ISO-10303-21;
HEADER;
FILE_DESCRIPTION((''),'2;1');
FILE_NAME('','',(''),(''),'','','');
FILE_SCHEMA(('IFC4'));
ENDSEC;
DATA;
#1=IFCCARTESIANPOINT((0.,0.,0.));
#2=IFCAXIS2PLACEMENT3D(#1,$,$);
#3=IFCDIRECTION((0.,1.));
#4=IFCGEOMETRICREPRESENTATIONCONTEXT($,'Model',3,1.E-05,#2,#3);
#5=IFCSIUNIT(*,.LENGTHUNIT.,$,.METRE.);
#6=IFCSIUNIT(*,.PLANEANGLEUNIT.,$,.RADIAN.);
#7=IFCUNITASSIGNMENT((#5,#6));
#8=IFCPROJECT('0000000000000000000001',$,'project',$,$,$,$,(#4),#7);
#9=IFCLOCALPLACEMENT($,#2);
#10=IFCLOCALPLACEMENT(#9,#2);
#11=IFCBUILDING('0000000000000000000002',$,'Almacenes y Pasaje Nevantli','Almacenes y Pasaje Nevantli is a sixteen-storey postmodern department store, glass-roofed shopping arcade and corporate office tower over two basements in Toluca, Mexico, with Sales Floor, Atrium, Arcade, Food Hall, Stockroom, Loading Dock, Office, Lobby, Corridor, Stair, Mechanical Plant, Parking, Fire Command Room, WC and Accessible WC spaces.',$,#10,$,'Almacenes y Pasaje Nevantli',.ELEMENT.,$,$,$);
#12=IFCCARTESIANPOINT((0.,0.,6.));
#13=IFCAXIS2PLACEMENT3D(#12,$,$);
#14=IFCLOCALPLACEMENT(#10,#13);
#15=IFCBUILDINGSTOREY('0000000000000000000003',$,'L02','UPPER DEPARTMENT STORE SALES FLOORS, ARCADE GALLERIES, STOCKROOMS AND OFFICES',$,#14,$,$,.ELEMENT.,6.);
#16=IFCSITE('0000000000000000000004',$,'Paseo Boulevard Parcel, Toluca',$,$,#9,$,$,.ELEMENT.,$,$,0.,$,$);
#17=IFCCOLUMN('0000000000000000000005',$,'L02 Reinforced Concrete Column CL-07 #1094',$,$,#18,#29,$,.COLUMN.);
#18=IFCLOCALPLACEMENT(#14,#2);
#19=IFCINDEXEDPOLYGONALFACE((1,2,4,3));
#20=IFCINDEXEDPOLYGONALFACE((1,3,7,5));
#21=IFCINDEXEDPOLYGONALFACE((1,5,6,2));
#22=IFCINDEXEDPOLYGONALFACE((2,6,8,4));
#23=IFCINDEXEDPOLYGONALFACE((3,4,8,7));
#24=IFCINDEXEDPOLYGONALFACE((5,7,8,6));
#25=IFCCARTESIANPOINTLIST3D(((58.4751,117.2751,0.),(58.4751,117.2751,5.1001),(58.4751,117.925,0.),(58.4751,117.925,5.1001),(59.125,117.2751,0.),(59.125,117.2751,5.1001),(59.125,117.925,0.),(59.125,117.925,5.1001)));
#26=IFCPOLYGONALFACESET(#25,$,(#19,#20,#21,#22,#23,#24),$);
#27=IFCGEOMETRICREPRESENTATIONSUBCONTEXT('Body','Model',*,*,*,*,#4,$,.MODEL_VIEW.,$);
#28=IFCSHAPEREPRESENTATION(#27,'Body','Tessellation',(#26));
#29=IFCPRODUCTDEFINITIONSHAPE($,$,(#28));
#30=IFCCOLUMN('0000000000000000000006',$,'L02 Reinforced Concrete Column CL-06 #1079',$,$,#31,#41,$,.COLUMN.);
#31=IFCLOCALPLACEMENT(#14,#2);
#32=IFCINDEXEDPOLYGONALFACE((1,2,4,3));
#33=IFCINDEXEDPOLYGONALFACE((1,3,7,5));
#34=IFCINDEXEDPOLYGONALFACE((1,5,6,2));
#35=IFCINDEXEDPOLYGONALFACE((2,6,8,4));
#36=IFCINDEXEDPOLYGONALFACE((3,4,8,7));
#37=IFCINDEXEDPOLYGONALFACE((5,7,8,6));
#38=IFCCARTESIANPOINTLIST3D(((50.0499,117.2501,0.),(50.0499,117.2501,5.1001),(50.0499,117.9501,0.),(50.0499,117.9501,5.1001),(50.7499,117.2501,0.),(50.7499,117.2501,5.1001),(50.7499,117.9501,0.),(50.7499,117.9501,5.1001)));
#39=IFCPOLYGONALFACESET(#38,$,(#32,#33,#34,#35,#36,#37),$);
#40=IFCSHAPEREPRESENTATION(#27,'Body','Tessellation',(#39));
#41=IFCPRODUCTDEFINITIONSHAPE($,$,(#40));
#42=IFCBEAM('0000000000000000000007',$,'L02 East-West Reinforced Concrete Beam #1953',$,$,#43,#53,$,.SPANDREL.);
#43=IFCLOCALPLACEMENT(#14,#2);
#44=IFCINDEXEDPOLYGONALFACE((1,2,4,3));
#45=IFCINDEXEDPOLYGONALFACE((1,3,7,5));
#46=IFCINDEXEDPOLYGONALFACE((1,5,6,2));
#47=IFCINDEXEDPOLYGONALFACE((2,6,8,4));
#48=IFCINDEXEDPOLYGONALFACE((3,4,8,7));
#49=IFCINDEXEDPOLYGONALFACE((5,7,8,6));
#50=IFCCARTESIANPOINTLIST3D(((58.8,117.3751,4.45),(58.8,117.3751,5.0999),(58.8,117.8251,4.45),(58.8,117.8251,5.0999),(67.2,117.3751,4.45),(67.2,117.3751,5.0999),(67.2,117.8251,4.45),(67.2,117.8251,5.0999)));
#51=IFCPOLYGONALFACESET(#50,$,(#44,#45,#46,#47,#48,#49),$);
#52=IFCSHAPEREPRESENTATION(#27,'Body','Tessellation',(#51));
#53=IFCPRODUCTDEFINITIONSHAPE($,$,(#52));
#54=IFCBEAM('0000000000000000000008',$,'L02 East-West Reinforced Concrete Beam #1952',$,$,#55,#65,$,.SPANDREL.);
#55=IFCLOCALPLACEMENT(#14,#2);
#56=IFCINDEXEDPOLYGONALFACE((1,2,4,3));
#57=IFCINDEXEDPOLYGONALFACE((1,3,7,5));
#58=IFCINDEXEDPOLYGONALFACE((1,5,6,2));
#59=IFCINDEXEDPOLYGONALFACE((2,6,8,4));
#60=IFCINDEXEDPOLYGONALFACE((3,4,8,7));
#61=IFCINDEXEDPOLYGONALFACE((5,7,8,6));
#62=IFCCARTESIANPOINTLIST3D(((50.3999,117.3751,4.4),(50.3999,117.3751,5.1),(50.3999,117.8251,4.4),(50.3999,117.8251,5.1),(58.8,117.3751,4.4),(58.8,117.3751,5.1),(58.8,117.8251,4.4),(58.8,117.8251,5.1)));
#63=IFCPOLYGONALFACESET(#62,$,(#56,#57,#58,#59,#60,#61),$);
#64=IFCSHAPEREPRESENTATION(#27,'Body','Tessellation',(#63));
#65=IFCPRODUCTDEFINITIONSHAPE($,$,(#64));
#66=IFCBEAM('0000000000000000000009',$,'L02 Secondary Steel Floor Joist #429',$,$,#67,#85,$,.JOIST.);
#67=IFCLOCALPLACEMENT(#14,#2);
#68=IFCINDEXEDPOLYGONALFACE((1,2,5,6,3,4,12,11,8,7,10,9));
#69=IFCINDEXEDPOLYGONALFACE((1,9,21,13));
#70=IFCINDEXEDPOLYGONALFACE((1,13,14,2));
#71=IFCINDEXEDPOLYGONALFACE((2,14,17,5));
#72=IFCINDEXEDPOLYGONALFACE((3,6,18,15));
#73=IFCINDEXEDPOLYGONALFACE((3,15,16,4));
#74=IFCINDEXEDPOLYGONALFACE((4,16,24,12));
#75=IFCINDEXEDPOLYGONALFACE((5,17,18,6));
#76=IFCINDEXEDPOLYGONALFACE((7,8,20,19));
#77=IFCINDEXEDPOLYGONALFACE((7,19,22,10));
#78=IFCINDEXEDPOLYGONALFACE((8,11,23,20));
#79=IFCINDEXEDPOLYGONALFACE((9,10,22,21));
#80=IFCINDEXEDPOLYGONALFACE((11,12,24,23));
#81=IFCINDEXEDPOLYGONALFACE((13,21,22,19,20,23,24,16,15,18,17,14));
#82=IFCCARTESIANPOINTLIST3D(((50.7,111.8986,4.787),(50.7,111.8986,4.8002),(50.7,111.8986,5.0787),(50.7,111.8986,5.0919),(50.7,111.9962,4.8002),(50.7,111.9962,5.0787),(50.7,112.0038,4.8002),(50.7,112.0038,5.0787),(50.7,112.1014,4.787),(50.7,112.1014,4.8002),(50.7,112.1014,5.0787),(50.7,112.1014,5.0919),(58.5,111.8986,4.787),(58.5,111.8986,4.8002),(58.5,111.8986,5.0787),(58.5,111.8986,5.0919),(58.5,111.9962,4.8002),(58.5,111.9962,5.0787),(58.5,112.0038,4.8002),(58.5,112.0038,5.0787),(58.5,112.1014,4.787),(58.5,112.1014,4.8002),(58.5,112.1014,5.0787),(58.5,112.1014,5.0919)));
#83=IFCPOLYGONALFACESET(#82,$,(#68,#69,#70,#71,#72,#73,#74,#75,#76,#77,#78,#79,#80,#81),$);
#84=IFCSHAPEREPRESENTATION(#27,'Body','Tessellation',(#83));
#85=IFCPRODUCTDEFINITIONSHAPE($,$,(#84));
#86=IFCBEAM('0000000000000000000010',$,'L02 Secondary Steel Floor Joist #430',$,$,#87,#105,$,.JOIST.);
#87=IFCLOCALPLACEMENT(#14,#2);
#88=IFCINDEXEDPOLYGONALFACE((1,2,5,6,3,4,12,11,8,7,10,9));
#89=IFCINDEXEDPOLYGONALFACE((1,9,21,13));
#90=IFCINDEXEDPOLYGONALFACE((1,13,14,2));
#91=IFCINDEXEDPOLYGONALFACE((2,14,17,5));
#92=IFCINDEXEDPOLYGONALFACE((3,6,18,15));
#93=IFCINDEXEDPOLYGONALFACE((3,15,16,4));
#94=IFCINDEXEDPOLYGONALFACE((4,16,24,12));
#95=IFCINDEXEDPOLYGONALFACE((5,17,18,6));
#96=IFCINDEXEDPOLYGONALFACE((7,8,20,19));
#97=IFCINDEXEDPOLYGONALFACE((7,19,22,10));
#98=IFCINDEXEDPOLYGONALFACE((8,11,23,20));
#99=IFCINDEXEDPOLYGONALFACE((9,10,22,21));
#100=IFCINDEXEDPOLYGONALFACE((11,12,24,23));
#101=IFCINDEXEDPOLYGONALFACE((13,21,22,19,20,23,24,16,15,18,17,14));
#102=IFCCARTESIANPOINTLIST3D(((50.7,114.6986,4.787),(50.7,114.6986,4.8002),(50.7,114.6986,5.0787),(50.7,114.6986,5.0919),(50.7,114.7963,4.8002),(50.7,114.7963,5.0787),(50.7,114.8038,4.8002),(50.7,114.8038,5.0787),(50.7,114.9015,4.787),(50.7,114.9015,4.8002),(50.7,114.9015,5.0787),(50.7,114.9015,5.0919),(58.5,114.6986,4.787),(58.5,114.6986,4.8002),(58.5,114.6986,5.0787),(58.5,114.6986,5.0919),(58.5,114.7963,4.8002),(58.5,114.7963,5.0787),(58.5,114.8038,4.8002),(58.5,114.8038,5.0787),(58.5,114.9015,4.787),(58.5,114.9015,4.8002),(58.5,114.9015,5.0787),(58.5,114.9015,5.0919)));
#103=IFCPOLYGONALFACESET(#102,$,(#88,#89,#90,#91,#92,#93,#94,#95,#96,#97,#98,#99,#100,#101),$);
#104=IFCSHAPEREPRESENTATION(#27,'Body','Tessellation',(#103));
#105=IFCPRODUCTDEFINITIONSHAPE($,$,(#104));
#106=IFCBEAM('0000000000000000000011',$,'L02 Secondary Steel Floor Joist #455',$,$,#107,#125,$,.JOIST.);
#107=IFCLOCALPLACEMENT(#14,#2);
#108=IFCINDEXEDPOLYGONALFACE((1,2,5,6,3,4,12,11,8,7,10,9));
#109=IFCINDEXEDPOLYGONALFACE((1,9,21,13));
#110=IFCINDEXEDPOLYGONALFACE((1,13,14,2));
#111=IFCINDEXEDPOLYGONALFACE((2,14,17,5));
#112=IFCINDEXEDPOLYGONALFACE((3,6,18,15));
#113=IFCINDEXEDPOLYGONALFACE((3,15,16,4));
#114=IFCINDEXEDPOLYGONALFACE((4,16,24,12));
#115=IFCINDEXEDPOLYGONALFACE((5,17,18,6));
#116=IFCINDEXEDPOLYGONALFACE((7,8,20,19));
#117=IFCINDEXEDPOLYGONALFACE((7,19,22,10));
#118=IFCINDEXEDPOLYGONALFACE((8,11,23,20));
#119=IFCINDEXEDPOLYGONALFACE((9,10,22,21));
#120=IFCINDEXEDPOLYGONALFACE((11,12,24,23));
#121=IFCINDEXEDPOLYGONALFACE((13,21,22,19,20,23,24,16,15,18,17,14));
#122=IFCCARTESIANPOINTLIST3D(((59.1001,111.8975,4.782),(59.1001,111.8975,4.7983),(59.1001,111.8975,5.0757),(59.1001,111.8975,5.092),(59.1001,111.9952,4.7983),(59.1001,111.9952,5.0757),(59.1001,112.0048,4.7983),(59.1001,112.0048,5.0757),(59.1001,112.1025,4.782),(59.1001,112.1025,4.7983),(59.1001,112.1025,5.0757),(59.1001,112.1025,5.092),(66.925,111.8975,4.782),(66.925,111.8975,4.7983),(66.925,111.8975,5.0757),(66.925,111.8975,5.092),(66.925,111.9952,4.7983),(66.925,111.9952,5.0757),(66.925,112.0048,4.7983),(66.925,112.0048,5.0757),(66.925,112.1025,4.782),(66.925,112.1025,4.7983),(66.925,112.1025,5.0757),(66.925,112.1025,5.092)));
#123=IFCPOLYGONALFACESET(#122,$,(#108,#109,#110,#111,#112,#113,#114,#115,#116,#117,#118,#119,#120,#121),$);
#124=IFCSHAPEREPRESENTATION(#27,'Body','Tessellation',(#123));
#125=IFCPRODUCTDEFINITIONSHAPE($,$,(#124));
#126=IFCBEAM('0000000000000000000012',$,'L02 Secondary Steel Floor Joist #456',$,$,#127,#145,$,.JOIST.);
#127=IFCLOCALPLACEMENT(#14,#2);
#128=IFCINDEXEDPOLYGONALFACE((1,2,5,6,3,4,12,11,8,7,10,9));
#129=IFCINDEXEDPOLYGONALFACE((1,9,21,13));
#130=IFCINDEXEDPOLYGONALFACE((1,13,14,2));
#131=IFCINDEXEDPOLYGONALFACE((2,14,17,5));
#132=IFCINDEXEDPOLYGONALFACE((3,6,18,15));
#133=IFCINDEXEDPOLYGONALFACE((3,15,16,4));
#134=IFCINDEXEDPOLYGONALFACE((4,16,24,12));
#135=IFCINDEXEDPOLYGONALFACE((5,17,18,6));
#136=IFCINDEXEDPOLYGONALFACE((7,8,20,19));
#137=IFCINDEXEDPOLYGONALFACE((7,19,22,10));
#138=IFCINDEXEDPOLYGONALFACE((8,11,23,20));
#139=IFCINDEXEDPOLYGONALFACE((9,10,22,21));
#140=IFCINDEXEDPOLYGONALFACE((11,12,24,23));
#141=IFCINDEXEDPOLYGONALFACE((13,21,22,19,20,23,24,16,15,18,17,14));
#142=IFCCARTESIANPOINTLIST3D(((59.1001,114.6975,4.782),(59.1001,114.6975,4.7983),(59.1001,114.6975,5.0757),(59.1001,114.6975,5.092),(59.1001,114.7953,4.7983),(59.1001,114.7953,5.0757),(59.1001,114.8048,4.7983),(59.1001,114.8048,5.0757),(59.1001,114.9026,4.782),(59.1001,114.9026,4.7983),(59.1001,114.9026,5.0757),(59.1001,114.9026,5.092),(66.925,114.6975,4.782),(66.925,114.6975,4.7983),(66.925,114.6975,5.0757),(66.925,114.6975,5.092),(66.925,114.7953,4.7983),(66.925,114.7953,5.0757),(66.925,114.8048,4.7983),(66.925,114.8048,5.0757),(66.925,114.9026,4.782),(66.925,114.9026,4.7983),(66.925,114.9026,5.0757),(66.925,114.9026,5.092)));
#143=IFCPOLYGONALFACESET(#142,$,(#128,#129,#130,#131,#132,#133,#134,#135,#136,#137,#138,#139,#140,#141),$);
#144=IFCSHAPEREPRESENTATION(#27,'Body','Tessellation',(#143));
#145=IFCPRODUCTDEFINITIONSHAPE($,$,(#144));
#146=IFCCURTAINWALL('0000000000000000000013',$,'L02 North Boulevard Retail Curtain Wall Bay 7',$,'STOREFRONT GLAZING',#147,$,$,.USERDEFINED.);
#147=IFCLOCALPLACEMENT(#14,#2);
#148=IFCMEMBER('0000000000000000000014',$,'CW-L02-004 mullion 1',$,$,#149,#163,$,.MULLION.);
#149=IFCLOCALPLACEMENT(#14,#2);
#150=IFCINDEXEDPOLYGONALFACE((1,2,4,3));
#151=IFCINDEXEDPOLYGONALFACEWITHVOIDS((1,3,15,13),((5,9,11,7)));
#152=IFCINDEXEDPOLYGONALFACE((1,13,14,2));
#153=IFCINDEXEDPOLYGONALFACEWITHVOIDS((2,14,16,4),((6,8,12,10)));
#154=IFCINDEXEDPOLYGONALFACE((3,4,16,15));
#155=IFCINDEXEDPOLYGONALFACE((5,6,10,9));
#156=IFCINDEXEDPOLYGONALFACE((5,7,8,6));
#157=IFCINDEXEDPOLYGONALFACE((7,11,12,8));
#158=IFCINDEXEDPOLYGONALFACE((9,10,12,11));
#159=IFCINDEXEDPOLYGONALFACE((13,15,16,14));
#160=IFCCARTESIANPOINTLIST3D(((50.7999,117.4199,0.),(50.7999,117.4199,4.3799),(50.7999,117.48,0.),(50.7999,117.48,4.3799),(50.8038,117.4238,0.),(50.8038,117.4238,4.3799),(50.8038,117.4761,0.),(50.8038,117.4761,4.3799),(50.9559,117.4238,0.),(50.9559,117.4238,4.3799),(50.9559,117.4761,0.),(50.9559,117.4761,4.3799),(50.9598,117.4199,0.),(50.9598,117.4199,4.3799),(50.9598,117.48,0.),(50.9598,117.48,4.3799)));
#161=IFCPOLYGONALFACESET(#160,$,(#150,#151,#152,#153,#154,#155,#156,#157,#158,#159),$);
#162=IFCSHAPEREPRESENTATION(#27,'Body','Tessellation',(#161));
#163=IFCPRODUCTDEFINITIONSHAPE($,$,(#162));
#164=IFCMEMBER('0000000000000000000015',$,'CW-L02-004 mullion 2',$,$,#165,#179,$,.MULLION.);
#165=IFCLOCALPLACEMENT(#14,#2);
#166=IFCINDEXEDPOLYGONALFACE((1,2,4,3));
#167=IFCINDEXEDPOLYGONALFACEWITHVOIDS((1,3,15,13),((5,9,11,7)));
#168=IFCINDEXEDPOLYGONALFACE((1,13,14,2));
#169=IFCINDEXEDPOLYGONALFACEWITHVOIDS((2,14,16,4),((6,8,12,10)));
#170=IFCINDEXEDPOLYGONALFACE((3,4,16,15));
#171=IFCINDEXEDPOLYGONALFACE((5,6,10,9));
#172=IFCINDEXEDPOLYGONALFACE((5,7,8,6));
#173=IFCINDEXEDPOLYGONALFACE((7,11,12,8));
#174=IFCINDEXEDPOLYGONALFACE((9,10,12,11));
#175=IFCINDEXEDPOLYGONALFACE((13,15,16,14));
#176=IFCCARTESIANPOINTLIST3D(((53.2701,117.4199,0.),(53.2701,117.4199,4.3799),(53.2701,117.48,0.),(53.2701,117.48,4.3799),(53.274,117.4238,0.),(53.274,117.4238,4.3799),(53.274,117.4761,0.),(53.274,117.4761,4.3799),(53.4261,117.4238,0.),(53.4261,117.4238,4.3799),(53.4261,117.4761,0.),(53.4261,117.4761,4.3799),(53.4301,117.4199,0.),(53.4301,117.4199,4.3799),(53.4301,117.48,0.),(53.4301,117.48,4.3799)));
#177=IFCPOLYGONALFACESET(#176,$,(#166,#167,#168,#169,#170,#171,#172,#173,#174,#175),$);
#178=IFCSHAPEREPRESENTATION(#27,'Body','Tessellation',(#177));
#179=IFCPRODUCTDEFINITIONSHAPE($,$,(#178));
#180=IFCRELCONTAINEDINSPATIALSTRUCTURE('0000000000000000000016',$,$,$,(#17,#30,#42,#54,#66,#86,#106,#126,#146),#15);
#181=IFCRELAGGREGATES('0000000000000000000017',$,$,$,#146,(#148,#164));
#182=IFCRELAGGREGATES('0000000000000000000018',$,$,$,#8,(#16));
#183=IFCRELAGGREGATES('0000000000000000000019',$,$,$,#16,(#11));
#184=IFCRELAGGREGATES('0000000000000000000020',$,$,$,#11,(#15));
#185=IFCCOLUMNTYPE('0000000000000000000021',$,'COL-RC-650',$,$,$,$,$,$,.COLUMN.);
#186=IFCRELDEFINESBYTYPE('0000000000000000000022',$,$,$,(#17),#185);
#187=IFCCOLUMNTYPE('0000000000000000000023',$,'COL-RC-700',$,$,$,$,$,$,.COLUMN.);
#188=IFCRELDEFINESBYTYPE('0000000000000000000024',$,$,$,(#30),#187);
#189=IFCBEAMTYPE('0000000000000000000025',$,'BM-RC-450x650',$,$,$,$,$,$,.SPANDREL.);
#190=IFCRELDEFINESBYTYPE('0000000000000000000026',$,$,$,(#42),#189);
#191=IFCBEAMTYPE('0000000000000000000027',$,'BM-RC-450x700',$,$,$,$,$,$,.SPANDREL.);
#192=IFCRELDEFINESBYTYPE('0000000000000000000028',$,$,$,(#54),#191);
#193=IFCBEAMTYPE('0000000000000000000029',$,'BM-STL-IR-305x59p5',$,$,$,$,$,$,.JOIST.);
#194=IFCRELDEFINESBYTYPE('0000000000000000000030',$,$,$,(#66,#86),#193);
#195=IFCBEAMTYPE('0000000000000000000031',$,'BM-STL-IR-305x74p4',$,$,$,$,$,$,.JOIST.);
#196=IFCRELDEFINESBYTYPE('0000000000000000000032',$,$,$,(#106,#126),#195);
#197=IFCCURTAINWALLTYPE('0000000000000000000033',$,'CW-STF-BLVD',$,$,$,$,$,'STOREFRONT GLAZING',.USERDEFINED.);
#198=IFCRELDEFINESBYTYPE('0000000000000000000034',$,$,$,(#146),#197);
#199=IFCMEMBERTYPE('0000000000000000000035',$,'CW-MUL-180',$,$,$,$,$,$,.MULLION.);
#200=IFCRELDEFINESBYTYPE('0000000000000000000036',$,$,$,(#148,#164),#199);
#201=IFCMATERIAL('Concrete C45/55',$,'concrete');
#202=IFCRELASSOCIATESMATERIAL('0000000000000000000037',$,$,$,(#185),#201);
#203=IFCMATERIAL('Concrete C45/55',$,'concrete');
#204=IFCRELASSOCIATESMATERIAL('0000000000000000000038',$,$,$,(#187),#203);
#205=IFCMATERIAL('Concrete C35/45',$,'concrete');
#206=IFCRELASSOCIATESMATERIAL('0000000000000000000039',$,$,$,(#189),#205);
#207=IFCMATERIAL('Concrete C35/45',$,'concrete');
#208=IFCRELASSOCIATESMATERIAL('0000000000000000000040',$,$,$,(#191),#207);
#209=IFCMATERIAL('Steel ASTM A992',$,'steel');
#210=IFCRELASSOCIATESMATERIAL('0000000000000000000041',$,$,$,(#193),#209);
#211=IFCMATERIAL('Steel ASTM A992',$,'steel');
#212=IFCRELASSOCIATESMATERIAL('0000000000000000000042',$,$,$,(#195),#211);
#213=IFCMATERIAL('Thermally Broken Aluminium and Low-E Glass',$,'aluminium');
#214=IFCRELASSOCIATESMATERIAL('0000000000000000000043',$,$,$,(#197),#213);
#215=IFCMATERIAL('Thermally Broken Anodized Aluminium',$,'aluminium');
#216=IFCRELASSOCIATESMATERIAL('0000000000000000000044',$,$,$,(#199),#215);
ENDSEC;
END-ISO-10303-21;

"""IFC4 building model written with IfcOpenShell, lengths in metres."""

from ifc_helpers import new_model, si_unit, direction, frame, origin, origin_2d, place, context, subcontext, project, spatial, rectangle, hollow_rectangle, i_section, extrude, material, material_profile, profile_set, type_object, element, aggregate, save


model = new_model("IFC4")

# Units and contexts
model_context = context("Model", 3, precision=1e-05, world=origin(), true_north=direction((0.0, 1.0)))
body_context = subcontext(model_context, "Body", "Model", "MODEL_VIEW")
ifc_project = project(units=[si_unit("LENGTHUNIT", "METRE"), si_unit("PLANEANGLEUNIT", "RADIAN")], contexts=[model_context])

# Site, building, storey
site_placement = place(None, origin())
site = spatial("IfcSite", under=ifc_project, at=site_placement, Name="Paseo Boulevard Parcel, Toluca", CompositionType="ELEMENT", RefElevation=0.0)
building_placement = place(site_placement, origin())
building = spatial("IfcBuilding", under=site, at=building_placement, Name="Almacenes y Pasaje Nevantli", Description="Almacenes y Pasaje Nevantli is a sixteen-storey postmodern department store, glass-roofed shopping arcade and corporate office tower over two basements in Toluca, Mexico, with Sales Floor, Atrium, Arcade, Food Hall, Stockroom, Loading Dock, Office, Lobby, Corridor, Stair, Mechanical Plant, Parking, Fire Command Room, WC and Accessible WC spaces.", LongName="Almacenes y Pasaje Nevantli", CompositionType="ELEMENT")
storey_placement = place(building_placement, frame((0.0, 0.0, 6.0)))
storey = spatial("IfcBuildingStorey", under=building, at=storey_placement, Name="L02", Description="UPPER DEPARTMENT STORE SALES FLOORS, ARCADE GALLERIES, STOCKROOMS AND OFFICES", CompositionType="ELEMENT", Elevation=6.0)

# Columns
ifc_material_1 = material(Name="Concrete C45/55", Category="concrete")
ifc_material_profile_1 = material_profile(ifc_material_1, rectangle(XDim=0.6499, YDim=0.6499, at=origin_2d()), Name="RC-COL-650x650")
ifc_profile_set_1 = profile_set([ifc_material_profile_1], Name="Concrete C45/55")
column_type_1 = type_object("IfcColumnType", Name="COL-RC-650", PredefinedType="COLUMN", material=ifc_profile_set_1)
column_1_placement = place(storey_placement, frame((58.8, 117.6001, 0.0), z_axis=(0.0, 0.0, 1.0), x_axis=(1.0, 0.0, 0.0)))
element("IfcColumn", 1, at=column_1_placement, inside=storey, type_object=column_type_1, Name="L02 Reinforced Concrete Column CL-07 #1094", PredefinedType="COLUMN", context=body_context, shape_type="SweptSolid", body=[
    extrude(rectangle(XDim=0.6499, YDim=0.6499, at=origin_2d()), origin(), (0.0, 0.0, 1.0), 5.1001),
])
ifc_material_2 = material(Name="Concrete C45/55", Category="concrete")
ifc_material_profile_2 = material_profile(ifc_material_2, rectangle(XDim=0.7, YDim=0.7, at=origin_2d()), Name="RC-COL-700x700")
ifc_profile_set_2 = profile_set([ifc_material_profile_2], Name="Concrete C45/55")
column_type_2 = type_object("IfcColumnType", Name="COL-RC-700", PredefinedType="COLUMN", material=ifc_profile_set_2)
column_2_placement = place(storey_placement, frame((50.3999, 117.6001, 0.0), z_axis=(0.0, 0.0, 1.0), x_axis=(1.0, 0.0, 0.0)))
element("IfcColumn", 2, at=column_2_placement, inside=storey, type_object=column_type_2, Name="L02 Reinforced Concrete Column CL-06 #1079", PredefinedType="COLUMN", context=body_context, shape_type="SweptSolid", body=[
    extrude(rectangle(XDim=0.7, YDim=0.7, at=origin_2d()), origin(), (0.0, 0.0, 1.0), 5.1001),
])

# Beams
ifc_material_3 = material(Name="Concrete C35/45", Category="concrete")
ifc_material_profile_3 = material_profile(ifc_material_3, rectangle(XDim=0.45, YDim=0.6499, at=origin_2d()), Name="RC-BM-450x650")
ifc_profile_set_3 = profile_set([ifc_material_profile_3], Name="Concrete C35/45")
beam_type_1 = type_object("IfcBeamType", Name="BM-RC-450x650", PredefinedType="SPANDREL", material=ifc_profile_set_3)
beam_1_placement = place(storey_placement, frame((58.8, 117.6001, 4.7749), z_axis=(1.0, 0.0, 0.0), x_axis=(0.0, 1.0, 0.0)))
element("IfcBeam", 3, at=beam_1_placement, inside=storey, type_object=beam_type_1, Name="L02 East-West Reinforced Concrete Beam #1953", PredefinedType="SPANDREL", context=body_context, shape_type="SweptSolid", body=[
    extrude(rectangle(XDim=0.45, YDim=0.6499, at=origin_2d()), origin(), (0.0, 0.0, 1.0), 8.3999),
])
ifc_material_4 = material(Name="Concrete C35/45", Category="concrete")
ifc_material_profile_4 = material_profile(ifc_material_4, rectangle(XDim=0.45, YDim=0.7, at=origin_2d()), Name="RC-BM-450x700")
ifc_profile_set_4 = profile_set([ifc_material_profile_4], Name="Concrete C35/45")
beam_type_2 = type_object("IfcBeamType", Name="BM-RC-450x700", PredefinedType="SPANDREL", material=ifc_profile_set_4)
beam_2_placement = place(storey_placement, frame((50.3999, 117.6001, 4.75), z_axis=(1.0, 0.0, 0.0), x_axis=(0.0, 1.0, 0.0)))
element("IfcBeam", 4, at=beam_2_placement, inside=storey, type_object=beam_type_2, Name="L02 East-West Reinforced Concrete Beam #1952", PredefinedType="SPANDREL", context=body_context, shape_type="SweptSolid", body=[
    extrude(rectangle(XDim=0.45, YDim=0.7, at=origin_2d()), origin(), (0.0, 0.0, 1.0), 8.4001),
])
ifc_material_5 = material(Name="Steel ASTM A992", Category="steel")
ifc_material_profile_5 = material_profile(ifc_material_5, i_section(OverallWidth=0.2029, OverallDepth=0.3049, WebThickness=0.0076, FlangeThickness=0.0132, at=origin_2d()), Name="IR 305x59.5")
ifc_profile_set_5 = profile_set([ifc_material_profile_5], Name="Steel ASTM A992")
beam_type_3 = type_object("IfcBeamType", Name="BM-STL-IR-305x59p5", PredefinedType="JOIST", material=ifc_profile_set_5)
for number, where, z_axis, x_axis, name in (
    (5, (50.7, 112.0, 4.9395), (1.0, 0.0, 0.0), (0.0, 1.0, 0.0), "L02 Secondary Steel Floor Joist #429"),
    (6, (50.7, 114.8, 4.9395), (1.0, 0.0, 0.0), (0.0, 1.0, 0.0), "L02 Secondary Steel Floor Joist #430"),
):
    element("IfcBeam", number, at=place(storey_placement, frame(where, z_axis=z_axis, x_axis=x_axis)), inside=storey, type_object=beam_type_3, Name=name, PredefinedType="JOIST", context=body_context, shape_type="SweptSolid", body=[
        extrude(i_section(OverallWidth=0.2029, OverallDepth=0.3049, WebThickness=0.0076, FlangeThickness=0.0132, at=origin_2d()), origin(), (0.0, 0.0, 1.0), 7.8),
    ])
ifc_material_6 = material(Name="Steel ASTM A992", Category="steel")
ifc_material_profile_6 = material_profile(ifc_material_6, i_section(OverallWidth=0.2051, OverallDepth=0.3101, WebThickness=0.0095, FlangeThickness=0.0164, at=origin_2d()), Name="IR 305x74.4")
ifc_profile_set_6 = profile_set([ifc_material_profile_6], Name="Steel ASTM A992")
beam_type_4 = type_object("IfcBeamType", Name="BM-STL-IR-305x74p4", PredefinedType="JOIST", material=ifc_profile_set_6)
for number, where, z_axis, x_axis, name in (
    (7, (59.1001, 112.0, 4.937), (1.0, 0.0, 0.0), (0.0, 1.0, 0.0), "L02 Secondary Steel Floor Joist #455"),
    (8, (59.1001, 114.8, 4.937), (1.0, 0.0, 0.0), (0.0, 1.0, 0.0), "L02 Secondary Steel Floor Joist #456"),
):
    element("IfcBeam", number, at=place(storey_placement, frame(where, z_axis=z_axis, x_axis=x_axis)), inside=storey, type_object=beam_type_4, Name=name, PredefinedType="JOIST", context=body_context, shape_type="SweptSolid", body=[
        extrude(i_section(OverallWidth=0.2051, OverallDepth=0.3101, WebThickness=0.0095, FlangeThickness=0.0164, at=origin_2d()), origin(), (0.0, 0.0, 1.0), 7.825),
    ])

# Curtain wall, members
ifc_material_7 = material(Name="Thermally Broken Aluminium and Low-E Glass", Category="aluminium")
curtain_wall_type = type_object("IfcCurtainWallType", Name="CW-STF-BLVD", ElementType="STOREFRONT GLAZING", PredefinedType="USERDEFINED", material=ifc_material_7)
curtain_wall_placement = place(storey_placement, origin())
curtain_wall = element("IfcCurtainWall", 9, at=curtain_wall_placement, inside=storey, type_object=curtain_wall_type, Name="L02 North Boulevard Retail Curtain Wall Bay 7", ObjectType="STOREFRONT GLAZING", PredefinedType="USERDEFINED")
ifc_material_8 = material(Name="Thermally Broken Anodized Aluminium", Category="aluminium")
ifc_material_profile_7 = material_profile(ifc_material_8, hollow_rectangle(XDim=0.0601, YDim=0.1599, WallThickness=0.0039, at=origin_2d()), Name="ALU-MUL-60x160")
ifc_profile_set_7 = profile_set([ifc_material_profile_7], Name="Thermally Broken Anodized Aluminium")
member_type_1 = type_object("IfcMemberType", Name="CW-MUL-180", PredefinedType="MULLION", material=ifc_profile_set_7)
member_1_placement = place(storey_placement, frame((50.8799, 117.45, 0.0), z_axis=(0.0, 0.0, 1.0), x_axis=(0.0, 1.0, 0.0)))
member_1 = element("IfcMember", 10, at=member_1_placement, type_object=member_type_1, Name="CW-L02-004 mullion 1", PredefinedType="MULLION", context=body_context, shape_type="SweptSolid", body=[
    extrude(hollow_rectangle(XDim=0.0601, YDim=0.1599, WallThickness=0.0039, at=origin_2d()), origin(), (0.0, 0.0, 1.0), 4.3799),
])
member_2_placement = place(storey_placement, frame((53.3501, 117.45, 0.0), z_axis=(0.0, 0.0, 1.0), x_axis=(0.0, 1.0, 0.0)))
member_2 = element("IfcMember", 11, at=member_2_placement, type_object=member_type_1, Name="CW-L02-004 mullion 2", PredefinedType="MULLION", context=body_context, shape_type="SweptSolid", body=[
    extrude(hollow_rectangle(XDim=0.0601, YDim=0.1599, WallThickness=0.0039, at=origin_2d()), origin(), (0.0, 0.0, 1.0), 4.3799),
])
aggregate(curtain_wall, [member_1, member_2])

save(model, "model.ifc")
